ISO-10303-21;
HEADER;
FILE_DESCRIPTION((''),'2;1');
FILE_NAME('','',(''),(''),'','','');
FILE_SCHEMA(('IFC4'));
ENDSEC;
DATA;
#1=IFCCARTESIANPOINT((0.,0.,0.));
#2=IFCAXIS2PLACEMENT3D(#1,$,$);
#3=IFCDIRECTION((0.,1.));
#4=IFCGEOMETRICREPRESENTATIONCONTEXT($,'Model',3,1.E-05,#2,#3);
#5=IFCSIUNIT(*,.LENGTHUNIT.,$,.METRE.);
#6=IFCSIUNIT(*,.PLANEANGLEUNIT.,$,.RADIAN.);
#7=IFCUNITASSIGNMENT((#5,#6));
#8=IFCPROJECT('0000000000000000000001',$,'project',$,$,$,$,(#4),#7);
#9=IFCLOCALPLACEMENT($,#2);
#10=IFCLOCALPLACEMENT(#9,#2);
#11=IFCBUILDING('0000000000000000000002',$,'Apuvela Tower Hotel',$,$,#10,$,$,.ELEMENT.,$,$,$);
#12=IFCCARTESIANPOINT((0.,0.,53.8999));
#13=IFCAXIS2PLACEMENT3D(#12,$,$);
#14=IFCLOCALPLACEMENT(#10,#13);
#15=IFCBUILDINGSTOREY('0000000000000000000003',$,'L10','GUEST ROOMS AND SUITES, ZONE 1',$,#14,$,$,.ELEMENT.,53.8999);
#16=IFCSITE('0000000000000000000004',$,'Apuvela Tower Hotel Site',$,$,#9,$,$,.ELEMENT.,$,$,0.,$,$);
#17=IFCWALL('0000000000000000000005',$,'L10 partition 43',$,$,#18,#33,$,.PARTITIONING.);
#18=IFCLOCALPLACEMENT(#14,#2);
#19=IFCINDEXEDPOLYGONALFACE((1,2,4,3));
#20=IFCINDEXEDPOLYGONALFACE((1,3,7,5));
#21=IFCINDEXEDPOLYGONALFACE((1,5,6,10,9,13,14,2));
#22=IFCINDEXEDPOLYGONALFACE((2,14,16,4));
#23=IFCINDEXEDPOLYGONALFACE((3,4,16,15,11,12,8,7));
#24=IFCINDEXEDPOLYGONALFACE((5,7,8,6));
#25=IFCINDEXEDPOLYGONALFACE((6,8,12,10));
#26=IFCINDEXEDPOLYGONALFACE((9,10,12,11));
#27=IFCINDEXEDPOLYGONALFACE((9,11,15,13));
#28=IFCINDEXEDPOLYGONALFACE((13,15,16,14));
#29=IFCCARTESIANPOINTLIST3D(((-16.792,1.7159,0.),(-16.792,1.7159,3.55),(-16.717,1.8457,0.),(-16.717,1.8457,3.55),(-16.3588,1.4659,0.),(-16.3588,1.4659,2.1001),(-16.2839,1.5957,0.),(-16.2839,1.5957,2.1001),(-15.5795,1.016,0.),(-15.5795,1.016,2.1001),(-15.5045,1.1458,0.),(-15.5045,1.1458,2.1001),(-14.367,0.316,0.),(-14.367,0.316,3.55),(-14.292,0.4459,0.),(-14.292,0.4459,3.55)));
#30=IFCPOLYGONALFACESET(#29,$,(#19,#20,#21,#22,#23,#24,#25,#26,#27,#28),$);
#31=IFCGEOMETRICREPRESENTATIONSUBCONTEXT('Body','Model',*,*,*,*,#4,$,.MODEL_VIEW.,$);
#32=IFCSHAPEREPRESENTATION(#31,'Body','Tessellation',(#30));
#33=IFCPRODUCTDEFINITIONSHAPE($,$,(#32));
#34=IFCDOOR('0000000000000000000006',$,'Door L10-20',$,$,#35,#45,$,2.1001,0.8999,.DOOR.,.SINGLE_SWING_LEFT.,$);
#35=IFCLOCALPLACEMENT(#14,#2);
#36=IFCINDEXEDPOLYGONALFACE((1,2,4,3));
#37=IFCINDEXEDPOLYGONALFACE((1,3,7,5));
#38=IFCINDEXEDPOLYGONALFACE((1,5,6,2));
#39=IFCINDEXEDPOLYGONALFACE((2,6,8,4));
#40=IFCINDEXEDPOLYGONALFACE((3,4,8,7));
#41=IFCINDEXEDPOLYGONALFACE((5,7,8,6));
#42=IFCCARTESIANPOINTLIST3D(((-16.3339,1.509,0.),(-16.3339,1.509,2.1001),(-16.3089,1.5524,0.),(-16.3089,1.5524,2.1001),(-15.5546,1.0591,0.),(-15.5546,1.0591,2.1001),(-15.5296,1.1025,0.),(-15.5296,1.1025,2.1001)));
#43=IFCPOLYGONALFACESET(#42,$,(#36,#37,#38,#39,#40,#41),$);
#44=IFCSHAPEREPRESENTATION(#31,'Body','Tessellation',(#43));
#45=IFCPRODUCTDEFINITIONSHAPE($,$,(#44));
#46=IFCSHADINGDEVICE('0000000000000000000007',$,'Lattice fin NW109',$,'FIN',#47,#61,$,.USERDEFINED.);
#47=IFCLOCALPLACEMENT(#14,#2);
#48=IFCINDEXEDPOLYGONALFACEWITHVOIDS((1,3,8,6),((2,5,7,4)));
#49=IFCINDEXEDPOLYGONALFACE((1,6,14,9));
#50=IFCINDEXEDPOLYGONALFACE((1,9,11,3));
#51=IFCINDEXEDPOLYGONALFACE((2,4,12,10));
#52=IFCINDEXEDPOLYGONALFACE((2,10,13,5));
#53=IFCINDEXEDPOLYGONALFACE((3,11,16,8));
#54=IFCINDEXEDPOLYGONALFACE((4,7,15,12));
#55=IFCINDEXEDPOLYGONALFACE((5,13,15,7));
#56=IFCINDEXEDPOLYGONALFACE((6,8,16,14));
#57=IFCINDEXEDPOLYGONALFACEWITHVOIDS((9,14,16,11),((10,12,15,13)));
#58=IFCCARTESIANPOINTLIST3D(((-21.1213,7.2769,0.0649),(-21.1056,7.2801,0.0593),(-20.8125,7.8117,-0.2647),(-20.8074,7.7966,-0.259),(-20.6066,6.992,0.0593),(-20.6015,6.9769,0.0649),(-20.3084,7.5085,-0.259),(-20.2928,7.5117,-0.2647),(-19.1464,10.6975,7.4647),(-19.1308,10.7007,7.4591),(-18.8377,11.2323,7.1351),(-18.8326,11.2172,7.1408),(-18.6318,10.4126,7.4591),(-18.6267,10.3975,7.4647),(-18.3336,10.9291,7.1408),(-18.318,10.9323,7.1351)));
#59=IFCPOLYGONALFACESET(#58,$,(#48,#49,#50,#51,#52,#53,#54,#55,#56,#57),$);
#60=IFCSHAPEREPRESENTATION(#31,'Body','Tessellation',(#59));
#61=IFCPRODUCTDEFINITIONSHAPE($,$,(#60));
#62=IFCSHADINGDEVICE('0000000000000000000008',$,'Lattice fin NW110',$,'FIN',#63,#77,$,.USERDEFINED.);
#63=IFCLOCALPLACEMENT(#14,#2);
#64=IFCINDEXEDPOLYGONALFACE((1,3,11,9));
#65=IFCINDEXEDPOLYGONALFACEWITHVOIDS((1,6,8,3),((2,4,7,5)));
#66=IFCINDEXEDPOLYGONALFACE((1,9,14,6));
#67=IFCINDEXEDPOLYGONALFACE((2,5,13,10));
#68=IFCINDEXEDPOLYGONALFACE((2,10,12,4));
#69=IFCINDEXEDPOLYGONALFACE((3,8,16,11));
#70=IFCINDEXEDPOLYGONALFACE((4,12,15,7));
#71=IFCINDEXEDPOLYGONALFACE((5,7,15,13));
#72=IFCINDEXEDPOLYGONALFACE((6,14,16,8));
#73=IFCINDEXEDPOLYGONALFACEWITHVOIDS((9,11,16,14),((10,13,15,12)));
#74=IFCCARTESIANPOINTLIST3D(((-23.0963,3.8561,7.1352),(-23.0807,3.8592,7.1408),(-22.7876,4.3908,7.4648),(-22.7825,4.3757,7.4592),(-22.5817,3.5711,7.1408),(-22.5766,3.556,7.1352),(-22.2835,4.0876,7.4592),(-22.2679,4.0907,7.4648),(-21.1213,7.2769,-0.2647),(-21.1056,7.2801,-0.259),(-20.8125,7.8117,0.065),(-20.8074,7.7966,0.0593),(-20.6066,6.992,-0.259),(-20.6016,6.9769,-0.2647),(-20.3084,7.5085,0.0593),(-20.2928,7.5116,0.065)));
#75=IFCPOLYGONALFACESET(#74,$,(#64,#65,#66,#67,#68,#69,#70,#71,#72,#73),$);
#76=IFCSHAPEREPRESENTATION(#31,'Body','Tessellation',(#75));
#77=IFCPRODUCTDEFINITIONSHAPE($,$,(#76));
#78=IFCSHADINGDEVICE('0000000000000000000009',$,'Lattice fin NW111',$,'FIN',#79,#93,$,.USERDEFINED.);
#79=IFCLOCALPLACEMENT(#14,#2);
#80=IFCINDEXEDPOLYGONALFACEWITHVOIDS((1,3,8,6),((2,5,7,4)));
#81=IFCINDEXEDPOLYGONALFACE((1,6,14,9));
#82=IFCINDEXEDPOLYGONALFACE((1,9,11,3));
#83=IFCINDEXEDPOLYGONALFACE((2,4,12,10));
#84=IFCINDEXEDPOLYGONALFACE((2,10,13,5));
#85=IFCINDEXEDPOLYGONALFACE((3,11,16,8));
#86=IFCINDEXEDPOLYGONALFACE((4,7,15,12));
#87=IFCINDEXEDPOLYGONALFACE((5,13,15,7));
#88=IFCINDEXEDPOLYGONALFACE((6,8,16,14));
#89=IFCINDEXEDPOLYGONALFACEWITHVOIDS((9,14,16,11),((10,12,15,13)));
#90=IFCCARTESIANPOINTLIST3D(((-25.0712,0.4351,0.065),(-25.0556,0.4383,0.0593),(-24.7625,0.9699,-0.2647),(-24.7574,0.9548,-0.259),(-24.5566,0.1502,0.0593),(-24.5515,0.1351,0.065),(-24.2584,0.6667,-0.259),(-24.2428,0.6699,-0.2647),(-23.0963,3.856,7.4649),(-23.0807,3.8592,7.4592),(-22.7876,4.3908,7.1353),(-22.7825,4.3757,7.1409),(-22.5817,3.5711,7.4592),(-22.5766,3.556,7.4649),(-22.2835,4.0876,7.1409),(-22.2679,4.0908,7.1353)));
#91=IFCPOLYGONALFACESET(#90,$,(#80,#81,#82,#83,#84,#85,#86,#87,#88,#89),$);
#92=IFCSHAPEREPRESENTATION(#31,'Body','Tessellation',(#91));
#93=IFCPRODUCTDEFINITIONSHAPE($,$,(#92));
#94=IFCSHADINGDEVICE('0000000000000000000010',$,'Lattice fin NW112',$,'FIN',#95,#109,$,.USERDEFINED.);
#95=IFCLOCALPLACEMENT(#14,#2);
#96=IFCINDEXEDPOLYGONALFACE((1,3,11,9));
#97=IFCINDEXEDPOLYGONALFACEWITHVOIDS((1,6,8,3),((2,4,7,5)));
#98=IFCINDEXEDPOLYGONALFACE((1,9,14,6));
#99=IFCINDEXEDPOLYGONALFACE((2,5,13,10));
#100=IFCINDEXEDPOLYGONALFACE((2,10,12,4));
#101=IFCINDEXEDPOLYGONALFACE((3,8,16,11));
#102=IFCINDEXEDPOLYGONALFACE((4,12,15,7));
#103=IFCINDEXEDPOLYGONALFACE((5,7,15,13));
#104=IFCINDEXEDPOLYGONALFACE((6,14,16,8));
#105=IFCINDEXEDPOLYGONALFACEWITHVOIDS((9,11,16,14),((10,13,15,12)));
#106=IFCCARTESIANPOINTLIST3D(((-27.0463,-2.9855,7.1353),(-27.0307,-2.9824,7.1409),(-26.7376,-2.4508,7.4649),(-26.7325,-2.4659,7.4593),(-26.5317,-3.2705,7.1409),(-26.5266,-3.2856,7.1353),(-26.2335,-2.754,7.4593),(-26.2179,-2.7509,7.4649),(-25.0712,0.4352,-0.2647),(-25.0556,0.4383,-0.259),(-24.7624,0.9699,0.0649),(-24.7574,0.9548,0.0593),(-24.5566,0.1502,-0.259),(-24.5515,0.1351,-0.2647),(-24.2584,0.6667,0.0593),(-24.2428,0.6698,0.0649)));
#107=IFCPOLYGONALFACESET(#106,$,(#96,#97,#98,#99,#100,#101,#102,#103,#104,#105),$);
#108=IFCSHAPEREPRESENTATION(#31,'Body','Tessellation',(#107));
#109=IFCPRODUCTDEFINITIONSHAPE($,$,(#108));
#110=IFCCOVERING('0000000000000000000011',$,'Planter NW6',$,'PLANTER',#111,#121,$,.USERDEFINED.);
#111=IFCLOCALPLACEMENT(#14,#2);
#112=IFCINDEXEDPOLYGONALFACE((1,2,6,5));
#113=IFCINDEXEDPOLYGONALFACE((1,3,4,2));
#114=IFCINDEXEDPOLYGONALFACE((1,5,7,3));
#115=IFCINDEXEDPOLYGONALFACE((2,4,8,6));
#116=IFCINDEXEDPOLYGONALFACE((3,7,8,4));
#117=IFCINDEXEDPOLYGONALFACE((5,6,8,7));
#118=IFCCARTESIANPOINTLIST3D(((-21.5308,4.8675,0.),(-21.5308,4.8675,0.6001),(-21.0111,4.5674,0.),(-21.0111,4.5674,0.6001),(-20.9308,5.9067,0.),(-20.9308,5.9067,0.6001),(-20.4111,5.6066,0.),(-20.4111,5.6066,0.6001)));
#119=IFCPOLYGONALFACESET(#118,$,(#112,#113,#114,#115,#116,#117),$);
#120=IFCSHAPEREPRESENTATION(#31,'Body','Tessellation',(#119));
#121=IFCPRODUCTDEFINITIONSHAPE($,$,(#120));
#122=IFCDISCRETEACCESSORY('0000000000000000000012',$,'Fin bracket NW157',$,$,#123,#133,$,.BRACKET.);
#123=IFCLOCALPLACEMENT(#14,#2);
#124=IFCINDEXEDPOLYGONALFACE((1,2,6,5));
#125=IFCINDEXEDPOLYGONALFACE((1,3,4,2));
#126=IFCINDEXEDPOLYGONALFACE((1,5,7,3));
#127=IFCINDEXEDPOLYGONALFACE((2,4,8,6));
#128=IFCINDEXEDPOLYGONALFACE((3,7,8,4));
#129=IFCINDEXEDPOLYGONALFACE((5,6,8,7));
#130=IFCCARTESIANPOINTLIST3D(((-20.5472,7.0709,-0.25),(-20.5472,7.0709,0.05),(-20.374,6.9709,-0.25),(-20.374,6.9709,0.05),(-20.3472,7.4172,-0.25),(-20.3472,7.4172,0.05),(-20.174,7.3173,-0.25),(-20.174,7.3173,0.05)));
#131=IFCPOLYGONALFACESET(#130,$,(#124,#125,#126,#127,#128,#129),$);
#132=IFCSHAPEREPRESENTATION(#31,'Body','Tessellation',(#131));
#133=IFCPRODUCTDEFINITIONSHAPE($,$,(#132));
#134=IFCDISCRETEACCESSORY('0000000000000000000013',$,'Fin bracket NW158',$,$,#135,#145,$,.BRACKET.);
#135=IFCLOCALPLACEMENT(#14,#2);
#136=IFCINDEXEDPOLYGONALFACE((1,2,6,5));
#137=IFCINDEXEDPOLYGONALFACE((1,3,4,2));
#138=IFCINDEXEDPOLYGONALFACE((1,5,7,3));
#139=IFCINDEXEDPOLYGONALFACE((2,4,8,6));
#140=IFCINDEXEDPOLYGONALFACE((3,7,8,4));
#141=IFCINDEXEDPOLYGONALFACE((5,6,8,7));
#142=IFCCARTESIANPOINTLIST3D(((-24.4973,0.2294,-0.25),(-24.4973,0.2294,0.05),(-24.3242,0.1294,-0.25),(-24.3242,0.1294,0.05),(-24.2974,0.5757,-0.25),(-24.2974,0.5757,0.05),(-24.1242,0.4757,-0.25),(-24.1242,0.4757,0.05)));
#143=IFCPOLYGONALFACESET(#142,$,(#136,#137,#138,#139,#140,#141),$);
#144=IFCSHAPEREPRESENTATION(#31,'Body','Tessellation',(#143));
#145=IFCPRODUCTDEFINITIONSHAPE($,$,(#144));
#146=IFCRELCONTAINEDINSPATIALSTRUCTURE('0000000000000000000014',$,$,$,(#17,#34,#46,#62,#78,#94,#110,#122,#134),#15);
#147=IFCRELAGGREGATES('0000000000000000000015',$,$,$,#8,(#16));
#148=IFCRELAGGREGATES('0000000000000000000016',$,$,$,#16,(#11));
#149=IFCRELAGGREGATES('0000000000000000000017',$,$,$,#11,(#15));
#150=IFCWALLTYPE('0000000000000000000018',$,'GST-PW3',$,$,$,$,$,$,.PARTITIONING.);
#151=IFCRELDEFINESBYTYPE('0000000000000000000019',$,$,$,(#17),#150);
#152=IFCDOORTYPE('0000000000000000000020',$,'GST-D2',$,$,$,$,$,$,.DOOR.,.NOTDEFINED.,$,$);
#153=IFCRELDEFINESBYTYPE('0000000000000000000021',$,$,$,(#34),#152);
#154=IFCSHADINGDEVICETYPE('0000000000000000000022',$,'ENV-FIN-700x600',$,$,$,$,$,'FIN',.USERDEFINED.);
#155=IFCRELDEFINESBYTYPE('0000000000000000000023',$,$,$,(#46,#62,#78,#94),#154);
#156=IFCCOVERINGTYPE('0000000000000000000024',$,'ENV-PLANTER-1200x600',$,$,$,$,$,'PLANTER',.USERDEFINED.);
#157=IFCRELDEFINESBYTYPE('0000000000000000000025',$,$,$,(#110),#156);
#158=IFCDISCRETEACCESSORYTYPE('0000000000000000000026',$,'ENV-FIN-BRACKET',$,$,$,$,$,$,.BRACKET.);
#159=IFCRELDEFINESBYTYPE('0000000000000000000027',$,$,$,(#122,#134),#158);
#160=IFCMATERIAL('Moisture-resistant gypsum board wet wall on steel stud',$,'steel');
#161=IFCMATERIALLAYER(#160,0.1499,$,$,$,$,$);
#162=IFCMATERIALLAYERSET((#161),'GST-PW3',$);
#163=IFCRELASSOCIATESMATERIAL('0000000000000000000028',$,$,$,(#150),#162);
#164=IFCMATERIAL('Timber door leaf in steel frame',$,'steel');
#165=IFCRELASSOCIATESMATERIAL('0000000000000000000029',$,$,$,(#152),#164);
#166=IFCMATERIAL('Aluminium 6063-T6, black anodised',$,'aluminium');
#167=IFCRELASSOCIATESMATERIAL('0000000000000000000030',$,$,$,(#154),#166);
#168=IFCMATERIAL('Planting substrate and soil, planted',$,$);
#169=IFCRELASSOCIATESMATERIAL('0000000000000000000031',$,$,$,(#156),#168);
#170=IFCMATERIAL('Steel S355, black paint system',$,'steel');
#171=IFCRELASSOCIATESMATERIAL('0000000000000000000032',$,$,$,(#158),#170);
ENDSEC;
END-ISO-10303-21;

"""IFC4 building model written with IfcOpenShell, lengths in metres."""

from ifc_helpers import new_model, si_unit, direction, frame, frame_2d, origin, origin_2d, place, context, subcontext, project, spatial, rectangle, hollow_rectangle, extrude, material, layer, layer_set, material_profile, profile_set, type_object, element, fill, save


model = new_model("IFC4")

# Units and contexts
model_context = context("Model", 3, precision=1e-05, world=origin(), true_north=direction((0.0, 1.0)))
body_context = subcontext(model_context, "Body", "Model", "MODEL_VIEW")
ifc_project = project(units=[si_unit("LENGTHUNIT", "METRE"), si_unit("PLANEANGLEUNIT", "RADIAN")], contexts=[model_context])

# Site, building, storey
site_placement = place(None, origin())
site = spatial("IfcSite", under=ifc_project, at=site_placement, Name="Apuvela Tower Hotel Site", CompositionType="ELEMENT", RefElevation=0.0)
building_placement = place(site_placement, origin())
building = spatial("IfcBuilding", under=site, at=building_placement, Name="Apuvela Tower Hotel", CompositionType="ELEMENT")
storey_placement = place(building_placement, frame((0.0, 0.0, 53.8999)))
storey = spatial("IfcBuildingStorey", under=building, at=storey_placement, Name="L10", Description="GUEST ROOMS AND SUITES, ZONE 1", CompositionType="ELEMENT", Elevation=53.8999)

# Wall, opening, door
ifc_material_1 = material(Name="Moisture-resistant gypsum board wet wall on steel stud", Category="steel")
ifc_layer_1 = layer(ifc_material_1, 0.1499)
ifc_layer_set_1 = layer_set([ifc_layer_1], Name="GST-PW3")
wall_type_1 = type_object("IfcWallType", Name="GST-PW3", PredefinedType="PARTITIONING", material=ifc_layer_set_1)
wall_1_placement = place(storey_placement, frame((-16.7544, 1.7808, 0.0), z_axis=(0.0, 0.0, 1.0), x_axis=(0.866056, -0.499946, 0.0)))
wall_1 = element("IfcWall", 1, at=wall_1_placement, inside=storey, type_object=wall_type_1, Name="L10 partition 43", PredefinedType="PARTITIONING", context=body_context, shape_type="SweptSolid", body=[
    extrude(rectangle(XDim=2.8, YDim=0.1499, at=frame_2d((1.3999, 0.0))), origin(), (0.0, 0.0, 1.0), 3.55),
])
opening_1_placement = place(wall_1_placement, frame((0.5, 0.0, 0.0)))
opening_1 = element("IfcOpeningElement", 2, at=opening_1_placement, cuts=wall_1, PredefinedType="OPENING", context=body_context, shape_type="SweptSolid", body=[
    extrude(rectangle(XDim=0.8999, YDim=2.1001, at=frame_2d((0.45, 1.05))), frame((0.0, 0.085, 0.0), z_axis=(0.0, -1.0, 0.0), x_axis=(1.0, 0.0, 0.0)), (0.0, 0.0, 1.0), 0.1699),
])
ifc_material_2 = material(Name="Timber door leaf in steel frame", Category="steel")
door_type_1 = type_object("IfcDoorType", Name="GST-D2", OperationType="NOTDEFINED", PredefinedType="DOOR", material=ifc_material_2)
door_1_placement = place(opening_1_placement, origin())
door_1 = element("IfcDoor", 3, at=door_1_placement, inside=storey, type_object=door_type_1, Name="Door L10-20", OperationType="SINGLE_SWING_LEFT", OverallHeight=2.1001, OverallWidth=0.8999, PredefinedType="DOOR", context=body_context, shape_type="SweptSolid", body=[
    extrude(rectangle(XDim=0.8999, YDim=2.1001, at=frame_2d((0.45, 1.05))), frame((0.0, 0.0249, 0.0), z_axis=(0.0, -1.0, 0.0), x_axis=(1.0, 0.0, 0.0)), (0.0, 0.0, 1.0), 0.05),
])
fill(opening_1, door_1)

# Shading devices
ifc_material_3 = material(Name="Aluminium 6063-T6, black anodised", Category="aluminium")
ifc_material_profile_1 = material_profile(ifc_material_3, hollow_rectangle(XDim=0.6001, YDim=0.7, WallThickness=0.012, at=origin_2d()), Name="AL BOX 700x600x12")
ifc_profile_set_1 = profile_set([ifc_material_profile_1], Name="Aluminium 6063-T6, black anodised")
shading_device_type = type_object("IfcShadingDeviceType", Name="ENV-FIN-700x600", ElementType="FIN", PredefinedType="USERDEFINED", material=ifc_profile_set_1)
shading_device_placement = place(storey_placement, frame((-20.707, 7.3943, -0.0999), z_axis=(0.235436, 0.407801, 0.882195), x_axis=(-0.866032, 0.499988, 0.0)))
element("IfcShadingDevice", 4, at=shading_device_placement, inside=storey, type_object=shading_device_type, Name="Lattice fin NW109", ObjectType="FIN", PredefinedType="USERDEFINED", context=body_context, shape_type="SweptSolid", body=[
    extrude(hollow_rectangle(XDim=0.6001, YDim=0.7, WallThickness=0.012, at=origin_2d()), origin(), (0.0, 0.0, 1.0), 8.3879),
])
for number, where, z_axis, x_axis, name in (
    (5, (-20.707, 7.3943, -0.0999), (-0.235461, -0.407822, 0.882179), (0.866021, -0.500008, 0.0), "Lattice fin NW110"),
    (6, (-24.657, 0.5525, -0.0999), (0.235434, 0.407825, 0.882185), (-0.866048, 0.499961, 0.0), "Lattice fin NW111"),
    (7, (-24.657, 0.5525, -0.0999), (-0.235464, -0.407798, 0.882189), (0.866005, -0.500035, 0.0), "Lattice fin NW112"),
):
    element("IfcShadingDevice", number, at=place(storey_placement, frame(where, z_axis=z_axis, x_axis=x_axis)), inside=storey, type_object=shading_device_type, Name=name, ObjectType="FIN", PredefinedType="USERDEFINED", context=body_context, shape_type="SweptSolid", body=[
        extrude(hollow_rectangle(XDim=0.6001, YDim=0.7, WallThickness=0.012, at=origin_2d()), origin(), (0.0, 0.0, 1.0), 8.3882),
    ])

# Covering
ifc_material_4 = material(Name="Planting substrate and soil, planted")
covering_type = type_object("IfcCoveringType", Name="ENV-PLANTER-1200x600", ElementType="PLANTER", PredefinedType="USERDEFINED", material=ifc_material_4)
covering_placement = place(storey_placement, frame((-20.9709, 5.2371, 0.0), z_axis=(0.0, 0.0, 1.0), x_axis=(-0.5, -0.866025, 0.0)))
element("IfcCovering", 8, at=covering_placement, inside=storey, type_object=covering_type, Name="Planter NW6", ObjectType="PLANTER", PredefinedType="USERDEFINED", context=body_context, shape_type="SweptSolid", body=[
    extrude(rectangle(XDim=1.2, YDim=0.6001, at=origin_2d()), origin(), (0.0, 0.0, 1.0), 0.6001),
])

# Discrete accessories
ifc_material_5 = material(Name="Steel S355, black paint system", Category="steel")
discrete_accessory_type = type_object("IfcDiscreteAccessoryType", Name="ENV-FIN-BRACKET", PredefinedType="BRACKET", material=ifc_material_5)
for number, where, z_axis, x_axis, name in (
    (9, (-20.3606, 7.1941, -0.25), (0.0, 0.0, 1.0), (-0.5, -0.866025, 0.0), "Fin bracket NW157"),
    (10, (-24.3108, 0.3525, -0.25), (0.0, 0.0, 1.0), (-0.5, -0.866025, 0.0), "Fin bracket NW158"),
):
    element("IfcDiscreteAccessory", number, at=place(storey_placement, frame(where, z_axis=z_axis, x_axis=x_axis)), inside=storey, type_object=discrete_accessory_type, Name=name, PredefinedType="BRACKET", context=body_context, shape_type="SweptSolid", body=[
        extrude(rectangle(XDim=0.3999, YDim=0.2, at=origin_2d()), origin(), (0.0, 0.0, 1.0), 0.3),
    ])

save(model, "model.ifc")
